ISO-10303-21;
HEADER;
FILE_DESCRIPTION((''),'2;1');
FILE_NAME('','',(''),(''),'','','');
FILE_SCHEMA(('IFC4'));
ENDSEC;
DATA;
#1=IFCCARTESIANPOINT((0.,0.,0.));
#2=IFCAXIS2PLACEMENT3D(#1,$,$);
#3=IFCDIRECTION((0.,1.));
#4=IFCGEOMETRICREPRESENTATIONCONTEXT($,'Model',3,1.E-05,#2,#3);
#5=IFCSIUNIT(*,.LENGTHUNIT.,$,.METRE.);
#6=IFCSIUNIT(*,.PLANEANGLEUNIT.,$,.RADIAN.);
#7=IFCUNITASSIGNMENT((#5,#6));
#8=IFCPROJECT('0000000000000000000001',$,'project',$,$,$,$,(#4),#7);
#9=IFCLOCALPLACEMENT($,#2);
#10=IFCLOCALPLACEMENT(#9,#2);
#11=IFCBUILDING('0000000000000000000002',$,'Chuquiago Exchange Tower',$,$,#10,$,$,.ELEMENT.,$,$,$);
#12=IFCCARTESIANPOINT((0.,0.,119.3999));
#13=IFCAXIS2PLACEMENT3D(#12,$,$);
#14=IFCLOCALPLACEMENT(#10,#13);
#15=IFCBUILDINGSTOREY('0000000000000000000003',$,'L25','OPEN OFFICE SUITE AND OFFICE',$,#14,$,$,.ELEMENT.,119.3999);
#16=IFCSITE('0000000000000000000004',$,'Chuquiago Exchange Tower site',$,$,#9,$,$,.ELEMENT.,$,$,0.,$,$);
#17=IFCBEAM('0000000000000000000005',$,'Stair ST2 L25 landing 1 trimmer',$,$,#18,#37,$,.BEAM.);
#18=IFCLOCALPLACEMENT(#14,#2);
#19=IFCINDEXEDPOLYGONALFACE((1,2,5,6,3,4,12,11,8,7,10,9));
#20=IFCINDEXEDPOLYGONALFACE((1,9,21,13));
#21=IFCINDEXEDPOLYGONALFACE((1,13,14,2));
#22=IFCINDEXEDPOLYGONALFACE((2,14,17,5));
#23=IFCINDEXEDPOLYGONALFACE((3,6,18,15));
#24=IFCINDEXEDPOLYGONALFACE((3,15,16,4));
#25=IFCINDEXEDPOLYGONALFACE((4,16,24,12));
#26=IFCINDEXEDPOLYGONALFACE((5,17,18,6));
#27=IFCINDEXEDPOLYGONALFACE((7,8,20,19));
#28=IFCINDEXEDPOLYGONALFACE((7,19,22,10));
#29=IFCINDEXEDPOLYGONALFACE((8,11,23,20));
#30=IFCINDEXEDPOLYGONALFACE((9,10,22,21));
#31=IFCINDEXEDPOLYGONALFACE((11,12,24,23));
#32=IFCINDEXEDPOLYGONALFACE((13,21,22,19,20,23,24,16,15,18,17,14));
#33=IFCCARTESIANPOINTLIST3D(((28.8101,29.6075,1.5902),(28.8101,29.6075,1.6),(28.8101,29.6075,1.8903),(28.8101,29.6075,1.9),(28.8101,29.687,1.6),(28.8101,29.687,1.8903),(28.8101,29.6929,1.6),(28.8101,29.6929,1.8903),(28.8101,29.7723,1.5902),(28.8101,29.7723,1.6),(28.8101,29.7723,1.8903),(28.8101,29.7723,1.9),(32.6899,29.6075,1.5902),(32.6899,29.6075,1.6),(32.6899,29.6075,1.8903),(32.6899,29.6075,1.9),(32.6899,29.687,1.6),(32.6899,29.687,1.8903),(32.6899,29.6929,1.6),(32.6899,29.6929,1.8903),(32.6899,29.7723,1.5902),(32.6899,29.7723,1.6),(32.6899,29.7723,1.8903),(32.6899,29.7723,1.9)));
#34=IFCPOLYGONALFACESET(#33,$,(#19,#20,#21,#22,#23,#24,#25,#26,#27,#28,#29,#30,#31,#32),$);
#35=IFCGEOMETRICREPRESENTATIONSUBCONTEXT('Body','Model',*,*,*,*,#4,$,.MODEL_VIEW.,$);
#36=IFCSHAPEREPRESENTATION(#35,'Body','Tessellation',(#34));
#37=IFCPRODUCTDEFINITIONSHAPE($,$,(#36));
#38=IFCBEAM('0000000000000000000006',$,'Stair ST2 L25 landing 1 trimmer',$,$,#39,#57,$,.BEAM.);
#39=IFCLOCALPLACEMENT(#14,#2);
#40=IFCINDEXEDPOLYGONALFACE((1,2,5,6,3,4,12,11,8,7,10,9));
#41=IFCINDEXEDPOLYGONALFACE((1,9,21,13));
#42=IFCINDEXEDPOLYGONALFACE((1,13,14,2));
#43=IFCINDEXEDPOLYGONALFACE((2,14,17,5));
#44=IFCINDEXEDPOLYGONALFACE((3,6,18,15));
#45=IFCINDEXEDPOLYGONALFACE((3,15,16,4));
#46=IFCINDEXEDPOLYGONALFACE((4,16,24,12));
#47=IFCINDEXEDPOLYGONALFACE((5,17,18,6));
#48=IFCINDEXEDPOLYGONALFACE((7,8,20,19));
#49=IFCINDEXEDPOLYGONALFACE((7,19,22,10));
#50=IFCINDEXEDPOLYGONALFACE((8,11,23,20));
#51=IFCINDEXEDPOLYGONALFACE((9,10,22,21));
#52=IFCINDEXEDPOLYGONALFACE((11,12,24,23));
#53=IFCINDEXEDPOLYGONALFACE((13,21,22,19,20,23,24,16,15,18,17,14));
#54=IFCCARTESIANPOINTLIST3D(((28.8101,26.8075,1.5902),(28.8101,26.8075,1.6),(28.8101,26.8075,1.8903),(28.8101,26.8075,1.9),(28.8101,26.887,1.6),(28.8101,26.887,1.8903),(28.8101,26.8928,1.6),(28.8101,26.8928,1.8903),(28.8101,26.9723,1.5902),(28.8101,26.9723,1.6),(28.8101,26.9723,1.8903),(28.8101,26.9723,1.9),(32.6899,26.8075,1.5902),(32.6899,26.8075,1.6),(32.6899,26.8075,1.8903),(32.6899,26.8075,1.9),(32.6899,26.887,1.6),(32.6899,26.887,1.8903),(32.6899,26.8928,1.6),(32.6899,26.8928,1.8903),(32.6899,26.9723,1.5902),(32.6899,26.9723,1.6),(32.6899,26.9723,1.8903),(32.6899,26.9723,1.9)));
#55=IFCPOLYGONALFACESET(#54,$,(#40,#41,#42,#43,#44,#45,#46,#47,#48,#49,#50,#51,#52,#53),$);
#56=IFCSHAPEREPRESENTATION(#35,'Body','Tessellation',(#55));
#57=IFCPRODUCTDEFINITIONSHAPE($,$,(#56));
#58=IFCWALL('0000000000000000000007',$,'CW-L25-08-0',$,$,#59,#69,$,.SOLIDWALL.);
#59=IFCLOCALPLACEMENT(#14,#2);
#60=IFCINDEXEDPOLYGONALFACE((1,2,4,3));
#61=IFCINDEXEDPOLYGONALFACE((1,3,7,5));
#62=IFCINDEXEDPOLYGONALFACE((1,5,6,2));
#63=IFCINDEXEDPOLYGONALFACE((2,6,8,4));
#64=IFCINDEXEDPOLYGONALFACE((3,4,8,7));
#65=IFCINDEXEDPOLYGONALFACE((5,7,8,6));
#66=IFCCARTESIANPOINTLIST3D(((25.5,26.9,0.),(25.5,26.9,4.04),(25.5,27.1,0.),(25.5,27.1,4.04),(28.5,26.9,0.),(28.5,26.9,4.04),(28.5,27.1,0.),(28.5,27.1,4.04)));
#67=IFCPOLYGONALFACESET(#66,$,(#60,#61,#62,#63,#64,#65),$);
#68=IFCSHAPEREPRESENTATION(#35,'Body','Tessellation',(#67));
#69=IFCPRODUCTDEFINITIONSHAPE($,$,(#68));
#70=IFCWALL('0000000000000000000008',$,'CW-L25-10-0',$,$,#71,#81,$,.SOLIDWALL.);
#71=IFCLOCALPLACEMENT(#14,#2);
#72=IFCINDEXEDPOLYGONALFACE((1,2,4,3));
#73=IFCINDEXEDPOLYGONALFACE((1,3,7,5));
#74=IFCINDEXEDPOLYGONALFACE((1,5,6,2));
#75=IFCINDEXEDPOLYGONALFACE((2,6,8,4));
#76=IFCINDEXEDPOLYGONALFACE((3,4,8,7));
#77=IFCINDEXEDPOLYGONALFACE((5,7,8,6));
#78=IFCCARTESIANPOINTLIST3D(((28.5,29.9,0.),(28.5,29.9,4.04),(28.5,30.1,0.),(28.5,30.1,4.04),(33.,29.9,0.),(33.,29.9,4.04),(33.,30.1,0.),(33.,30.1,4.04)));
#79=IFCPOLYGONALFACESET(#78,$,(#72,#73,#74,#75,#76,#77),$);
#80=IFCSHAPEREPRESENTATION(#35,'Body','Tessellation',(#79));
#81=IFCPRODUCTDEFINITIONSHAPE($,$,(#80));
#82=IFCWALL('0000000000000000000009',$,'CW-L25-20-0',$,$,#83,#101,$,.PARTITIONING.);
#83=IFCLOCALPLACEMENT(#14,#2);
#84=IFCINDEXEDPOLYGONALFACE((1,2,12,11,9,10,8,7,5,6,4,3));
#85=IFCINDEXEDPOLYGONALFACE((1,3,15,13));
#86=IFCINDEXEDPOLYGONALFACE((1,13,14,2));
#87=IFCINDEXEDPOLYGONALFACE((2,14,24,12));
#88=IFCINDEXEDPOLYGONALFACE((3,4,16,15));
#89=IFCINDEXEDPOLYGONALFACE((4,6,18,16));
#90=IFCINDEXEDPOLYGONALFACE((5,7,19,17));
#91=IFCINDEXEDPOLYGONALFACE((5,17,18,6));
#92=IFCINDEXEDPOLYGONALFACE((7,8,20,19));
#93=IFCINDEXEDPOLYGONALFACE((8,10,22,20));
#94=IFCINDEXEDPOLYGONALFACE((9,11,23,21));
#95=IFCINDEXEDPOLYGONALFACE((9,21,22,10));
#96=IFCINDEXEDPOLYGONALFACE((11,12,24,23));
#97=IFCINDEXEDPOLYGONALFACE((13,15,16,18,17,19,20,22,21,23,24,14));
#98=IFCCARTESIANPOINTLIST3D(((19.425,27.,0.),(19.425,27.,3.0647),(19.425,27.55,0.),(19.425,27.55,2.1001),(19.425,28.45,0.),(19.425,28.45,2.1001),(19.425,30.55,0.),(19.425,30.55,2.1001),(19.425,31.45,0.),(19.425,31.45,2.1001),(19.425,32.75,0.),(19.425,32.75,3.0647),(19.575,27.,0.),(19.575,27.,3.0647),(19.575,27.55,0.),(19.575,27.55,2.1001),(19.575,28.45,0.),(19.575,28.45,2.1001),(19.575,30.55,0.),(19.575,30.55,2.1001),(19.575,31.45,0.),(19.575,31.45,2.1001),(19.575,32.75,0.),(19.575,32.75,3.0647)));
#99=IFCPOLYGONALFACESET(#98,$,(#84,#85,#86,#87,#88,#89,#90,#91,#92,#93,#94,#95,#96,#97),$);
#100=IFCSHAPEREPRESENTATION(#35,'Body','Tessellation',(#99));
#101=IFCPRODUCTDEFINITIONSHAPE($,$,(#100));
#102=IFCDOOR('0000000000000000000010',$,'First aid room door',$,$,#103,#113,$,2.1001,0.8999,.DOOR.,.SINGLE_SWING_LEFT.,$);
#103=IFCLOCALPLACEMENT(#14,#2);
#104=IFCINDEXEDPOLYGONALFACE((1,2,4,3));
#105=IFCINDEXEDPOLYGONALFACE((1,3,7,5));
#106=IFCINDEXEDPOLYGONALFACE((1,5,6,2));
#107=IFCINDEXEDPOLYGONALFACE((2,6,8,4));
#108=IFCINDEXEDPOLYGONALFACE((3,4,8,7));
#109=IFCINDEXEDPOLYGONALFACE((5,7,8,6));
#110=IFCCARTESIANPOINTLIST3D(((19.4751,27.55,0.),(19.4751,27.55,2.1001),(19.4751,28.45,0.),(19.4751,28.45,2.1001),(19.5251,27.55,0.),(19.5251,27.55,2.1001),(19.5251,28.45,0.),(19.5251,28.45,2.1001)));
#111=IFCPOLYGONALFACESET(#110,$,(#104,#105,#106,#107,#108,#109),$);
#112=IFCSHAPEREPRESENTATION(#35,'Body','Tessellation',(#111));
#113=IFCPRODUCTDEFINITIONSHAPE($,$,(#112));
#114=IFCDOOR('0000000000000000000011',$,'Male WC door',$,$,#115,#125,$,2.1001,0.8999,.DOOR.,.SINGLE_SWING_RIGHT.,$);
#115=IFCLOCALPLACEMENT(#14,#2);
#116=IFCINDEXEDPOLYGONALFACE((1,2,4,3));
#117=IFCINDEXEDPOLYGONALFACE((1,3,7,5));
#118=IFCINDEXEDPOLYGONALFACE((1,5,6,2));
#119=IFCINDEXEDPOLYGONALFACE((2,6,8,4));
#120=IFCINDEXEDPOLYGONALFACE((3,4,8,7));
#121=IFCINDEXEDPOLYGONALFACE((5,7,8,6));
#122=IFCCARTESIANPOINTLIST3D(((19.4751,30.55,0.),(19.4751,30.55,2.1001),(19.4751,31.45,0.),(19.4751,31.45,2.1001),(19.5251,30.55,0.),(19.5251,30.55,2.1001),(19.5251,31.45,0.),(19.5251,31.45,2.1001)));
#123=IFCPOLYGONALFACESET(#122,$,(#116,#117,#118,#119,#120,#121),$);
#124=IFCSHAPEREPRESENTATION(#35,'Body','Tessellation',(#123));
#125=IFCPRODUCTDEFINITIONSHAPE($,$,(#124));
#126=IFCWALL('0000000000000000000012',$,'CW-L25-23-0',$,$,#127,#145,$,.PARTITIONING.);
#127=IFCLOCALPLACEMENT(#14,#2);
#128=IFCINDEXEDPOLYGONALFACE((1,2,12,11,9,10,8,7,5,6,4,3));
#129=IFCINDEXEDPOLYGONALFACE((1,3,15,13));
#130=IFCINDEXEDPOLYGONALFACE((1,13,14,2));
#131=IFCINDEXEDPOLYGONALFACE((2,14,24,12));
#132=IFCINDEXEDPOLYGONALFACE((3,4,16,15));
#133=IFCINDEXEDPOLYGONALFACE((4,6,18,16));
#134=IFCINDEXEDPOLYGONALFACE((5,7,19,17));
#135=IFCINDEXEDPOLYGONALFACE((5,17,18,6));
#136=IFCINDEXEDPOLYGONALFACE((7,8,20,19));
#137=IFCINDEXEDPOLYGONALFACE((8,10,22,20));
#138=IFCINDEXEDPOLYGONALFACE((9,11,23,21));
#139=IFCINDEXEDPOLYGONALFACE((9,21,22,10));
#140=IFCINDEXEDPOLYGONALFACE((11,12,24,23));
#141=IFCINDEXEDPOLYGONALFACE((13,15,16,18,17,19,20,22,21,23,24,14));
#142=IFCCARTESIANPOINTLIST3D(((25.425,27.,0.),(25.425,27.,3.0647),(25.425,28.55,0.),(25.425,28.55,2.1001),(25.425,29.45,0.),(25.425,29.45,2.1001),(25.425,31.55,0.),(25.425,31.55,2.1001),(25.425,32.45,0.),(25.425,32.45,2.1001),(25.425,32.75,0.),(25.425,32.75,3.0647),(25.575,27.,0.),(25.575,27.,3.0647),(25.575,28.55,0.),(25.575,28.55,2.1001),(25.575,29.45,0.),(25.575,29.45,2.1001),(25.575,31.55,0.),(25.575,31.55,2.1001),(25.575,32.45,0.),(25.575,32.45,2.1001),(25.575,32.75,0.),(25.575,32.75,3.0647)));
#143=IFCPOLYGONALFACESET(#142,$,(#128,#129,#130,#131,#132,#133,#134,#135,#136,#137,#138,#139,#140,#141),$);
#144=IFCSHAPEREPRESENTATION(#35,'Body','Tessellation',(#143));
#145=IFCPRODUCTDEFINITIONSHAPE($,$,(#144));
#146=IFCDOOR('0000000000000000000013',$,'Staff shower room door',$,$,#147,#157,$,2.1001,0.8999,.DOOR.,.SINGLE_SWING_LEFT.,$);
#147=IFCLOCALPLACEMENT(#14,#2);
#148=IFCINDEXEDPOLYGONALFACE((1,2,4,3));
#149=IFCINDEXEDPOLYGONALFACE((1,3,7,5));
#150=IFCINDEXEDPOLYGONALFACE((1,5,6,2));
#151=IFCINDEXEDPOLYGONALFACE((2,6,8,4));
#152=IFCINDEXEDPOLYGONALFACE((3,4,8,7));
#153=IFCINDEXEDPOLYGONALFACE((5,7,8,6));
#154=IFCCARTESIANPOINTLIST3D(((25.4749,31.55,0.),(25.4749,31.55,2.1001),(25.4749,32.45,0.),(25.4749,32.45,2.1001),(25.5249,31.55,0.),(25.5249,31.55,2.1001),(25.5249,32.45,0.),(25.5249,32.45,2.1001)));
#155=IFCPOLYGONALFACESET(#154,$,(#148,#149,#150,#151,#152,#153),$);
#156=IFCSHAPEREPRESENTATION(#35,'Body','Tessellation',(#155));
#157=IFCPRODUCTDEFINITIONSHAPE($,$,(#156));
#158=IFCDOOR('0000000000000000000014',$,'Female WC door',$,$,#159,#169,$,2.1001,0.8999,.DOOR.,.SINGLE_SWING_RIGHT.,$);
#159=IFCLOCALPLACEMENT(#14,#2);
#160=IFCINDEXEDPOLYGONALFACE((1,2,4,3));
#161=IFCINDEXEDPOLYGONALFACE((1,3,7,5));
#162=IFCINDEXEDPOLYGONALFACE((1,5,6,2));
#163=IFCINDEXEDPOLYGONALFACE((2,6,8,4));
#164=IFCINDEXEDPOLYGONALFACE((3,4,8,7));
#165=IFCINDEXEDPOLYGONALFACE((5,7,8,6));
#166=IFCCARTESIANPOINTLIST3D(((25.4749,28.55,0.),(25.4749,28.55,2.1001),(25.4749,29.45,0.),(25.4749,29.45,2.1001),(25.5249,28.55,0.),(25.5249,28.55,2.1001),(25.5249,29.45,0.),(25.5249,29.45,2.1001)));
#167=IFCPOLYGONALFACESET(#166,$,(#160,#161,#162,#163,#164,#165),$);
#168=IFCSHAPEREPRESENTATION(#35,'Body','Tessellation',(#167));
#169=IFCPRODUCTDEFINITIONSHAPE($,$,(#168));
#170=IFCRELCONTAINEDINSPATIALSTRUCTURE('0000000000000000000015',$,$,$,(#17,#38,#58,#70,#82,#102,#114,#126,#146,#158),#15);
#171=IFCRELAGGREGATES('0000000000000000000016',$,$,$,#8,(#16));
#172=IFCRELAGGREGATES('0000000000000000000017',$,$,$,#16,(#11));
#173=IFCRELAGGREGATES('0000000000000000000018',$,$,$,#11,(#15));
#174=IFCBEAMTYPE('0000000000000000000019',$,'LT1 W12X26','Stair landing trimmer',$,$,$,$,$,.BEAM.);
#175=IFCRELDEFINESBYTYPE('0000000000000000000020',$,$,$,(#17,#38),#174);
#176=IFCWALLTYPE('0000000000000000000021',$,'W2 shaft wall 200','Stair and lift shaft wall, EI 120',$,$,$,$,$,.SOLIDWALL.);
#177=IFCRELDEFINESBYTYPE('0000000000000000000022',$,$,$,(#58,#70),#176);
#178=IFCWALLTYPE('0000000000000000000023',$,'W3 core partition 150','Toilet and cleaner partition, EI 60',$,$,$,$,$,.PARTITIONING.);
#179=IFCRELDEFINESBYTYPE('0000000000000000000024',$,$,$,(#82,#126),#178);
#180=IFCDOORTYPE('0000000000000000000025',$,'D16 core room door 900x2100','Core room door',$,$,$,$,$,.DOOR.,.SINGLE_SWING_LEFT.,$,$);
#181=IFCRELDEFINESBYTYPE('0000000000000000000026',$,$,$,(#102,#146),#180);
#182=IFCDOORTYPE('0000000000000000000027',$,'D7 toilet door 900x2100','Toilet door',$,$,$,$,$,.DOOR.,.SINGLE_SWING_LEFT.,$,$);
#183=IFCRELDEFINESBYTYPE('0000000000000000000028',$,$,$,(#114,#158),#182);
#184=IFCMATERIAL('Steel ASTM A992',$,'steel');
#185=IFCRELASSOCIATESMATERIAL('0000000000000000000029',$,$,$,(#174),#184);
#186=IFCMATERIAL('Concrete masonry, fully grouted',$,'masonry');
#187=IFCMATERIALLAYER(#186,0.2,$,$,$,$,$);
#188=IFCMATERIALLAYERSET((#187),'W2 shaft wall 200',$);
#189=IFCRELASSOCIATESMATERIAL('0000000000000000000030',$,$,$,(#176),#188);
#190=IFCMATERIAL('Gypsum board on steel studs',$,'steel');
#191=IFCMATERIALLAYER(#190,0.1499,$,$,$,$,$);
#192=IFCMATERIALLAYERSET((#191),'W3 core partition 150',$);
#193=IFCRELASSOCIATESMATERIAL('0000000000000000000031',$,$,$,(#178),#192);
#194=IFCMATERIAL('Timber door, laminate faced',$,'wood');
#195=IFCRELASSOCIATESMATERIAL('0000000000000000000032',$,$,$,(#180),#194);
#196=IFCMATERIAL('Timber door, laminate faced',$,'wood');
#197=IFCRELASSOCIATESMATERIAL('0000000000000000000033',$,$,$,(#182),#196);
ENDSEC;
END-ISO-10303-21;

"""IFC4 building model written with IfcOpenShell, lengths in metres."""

from ifc_helpers import new_model, si_unit, direction, frame, frame_2d, origin, origin_2d, place, context, subcontext, project, spatial, rectangle, i_section, extrude, material, layer, layer_set, material_profile, profile_set, type_object, element, fill, save


model = new_model("IFC4")

# Units and contexts
model_context = context("Model", 3, precision=1e-05, world=origin(), true_north=direction((0.0, 1.0)))
body_context = subcontext(model_context, "Body", "Model", "MODEL_VIEW")
ifc_project = project(units=[si_unit("LENGTHUNIT", "METRE"), si_unit("PLANEANGLEUNIT", "RADIAN")], contexts=[model_context])

# Site, building, storey
site_placement = place(None, origin())
site = spatial("IfcSite", under=ifc_project, at=site_placement, Name="Chuquiago Exchange Tower site", CompositionType="ELEMENT", RefElevation=0.0)
building_placement = place(site_placement, origin())
building = spatial("IfcBuilding", under=site, at=building_placement, Name="Chuquiago Exchange Tower", CompositionType="ELEMENT")
storey_placement = place(building_placement, frame((0.0, 0.0, 119.3999)))
storey = spatial("IfcBuildingStorey", under=building, at=storey_placement, Name="L25", Description="OPEN OFFICE SUITE AND OFFICE", CompositionType="ELEMENT", Elevation=119.3999)

# Beams
ifc_material_1 = material(Name="Steel ASTM A992", Category="steel")
ifc_material_profile_1 = material_profile(ifc_material_1, i_section(OverallWidth=0.1648, OverallDepth=0.3098, WebThickness=0.0059, FlangeThickness=0.0098, at=origin_2d()), Name="W12X26")
ifc_profile_set_1 = profile_set([ifc_material_profile_1], Name="Steel ASTM A992")
beam_type_1 = type_object("IfcBeamType", Name="LT1 W12X26", Description="Stair landing trimmer", PredefinedType="BEAM", material=ifc_profile_set_1)
for number, where, z_axis, x_axis, name in (
    (1, (28.8101, 29.6899, 1.7451), (1.0, 0.0, 0.0), (0.0, 1.0, 0.0), "Stair ST2 L25 landing 1 trimmer"),
    (2, (28.8101, 26.8899, 1.7451), (1.0, 0.0, 0.0), (0.0, 1.0, 0.0), "Stair ST2 L25 landing 1 trimmer"),
):
    element("IfcBeam", number, at=place(storey_placement, frame(where, z_axis=z_axis, x_axis=x_axis)), inside=storey, type_object=beam_type_1, Name=name, PredefinedType="BEAM", context=body_context, shape_type="SweptSolid", body=[
        extrude(i_section(OverallWidth=0.1648, OverallDepth=0.3098, WebThickness=0.0059, FlangeThickness=0.0098, at=origin_2d()), origin(), (0.0, 0.0, 1.0), 3.8799),
    ])

# Walls
ifc_material_2 = material(Name="Concrete masonry, fully grouted", Category="masonry")
ifc_layer_1 = layer(ifc_material_2, 0.2)
ifc_layer_set_1 = layer_set([ifc_layer_1], Name="W2 shaft wall 200")
wall_type_1 = type_object("IfcWallType", Name="W2 shaft wall 200", Description="Stair and lift shaft wall, EI 120", PredefinedType="SOLIDWALL", material=ifc_layer_set_1)
wall_1_placement = place(storey_placement, frame((25.5, 27.0, 0.0), z_axis=(0.0, 0.0, 1.0), x_axis=(1.0, 0.0, 0.0)))
element("IfcWall", 3, at=wall_1_placement, inside=storey, type_object=wall_type_1, Name="CW-L25-08-0", PredefinedType="SOLIDWALL", context=body_context, shape_type="SweptSolid", body=[
    extrude(rectangle(XDim=3.0, YDim=0.2, at=frame_2d((1.5, 0.0))), origin(), (0.0, 0.0, 1.0), 4.04),
])
wall_2_placement = place(storey_placement, frame((28.5, 30.0, 0.0), z_axis=(0.0, 0.0, 1.0), x_axis=(1.0, 0.0, 0.0)))
element("IfcWall", 4, at=wall_2_placement, inside=storey, type_object=wall_type_1, Name="CW-L25-10-0", PredefinedType="SOLIDWALL", context=body_context, shape_type="SweptSolid", body=[
    extrude(rectangle(XDim=4.5, YDim=0.2, at=frame_2d((2.25, 0.0))), origin(), (0.0, 0.0, 1.0), 4.04),
])

# Walls, openings, doors
ifc_material_3 = material(Name="Gypsum board on steel studs", Category="steel")
ifc_layer_2 = layer(ifc_material_3, 0.1499)
ifc_layer_set_2 = layer_set([ifc_layer_2], Name="W3 core partition 150")
wall_type_2 = type_object("IfcWallType", Name="W3 core partition 150", Description="Toilet and cleaner partition, EI 60", PredefinedType="PARTITIONING", material=ifc_layer_set_2)
wall_3_placement = place(storey_placement, frame((19.5, 27.0, 0.0), z_axis=(0.0, 0.0, 1.0), x_axis=(0.0, 1.0, 0.0)))
wall_3 = element("IfcWall", 5, at=wall_3_placement, inside=storey, type_object=wall_type_2, Name="CW-L25-20-0", PredefinedType="PARTITIONING", context=body_context, shape_type="SweptSolid", body=[
    extrude(rectangle(XDim=5.75, YDim=0.1499, at=frame_2d((2.875, 0.0))), origin(), (0.0, 0.0, 1.0), 3.0647),
])
opening_1_placement = place(wall_3_placement, frame((0.55, 0.0, 0.0)))
opening_1 = element("IfcOpeningElement", 6, at=opening_1_placement, cuts=wall_3, PredefinedType="OPENING", context=body_context, shape_type="SweptSolid", body=[
    extrude(rectangle(XDim=0.8999, YDim=2.1001, at=frame_2d((0.45, 1.05))), frame((0.0, 0.085, 0.0), z_axis=(0.0, -1.0, 0.0), x_axis=(1.0, 0.0, 0.0)), (0.0, 0.0, 1.0), 0.1699),
])
opening_2_placement = place(wall_3_placement, frame((3.55, 0.0, 0.0)))
opening_2 = element("IfcOpeningElement", 7, at=opening_2_placement, cuts=wall_3, PredefinedType="OPENING", context=body_context, shape_type="SweptSolid", body=[
    extrude(rectangle(XDim=0.8999, YDim=2.1001, at=frame_2d((0.45, 1.05))), frame((0.0, 0.085, 0.0), z_axis=(0.0, -1.0, 0.0), x_axis=(1.0, 0.0, 0.0)), (0.0, 0.0, 1.0), 0.1699),
])
ifc_material_4 = material(Name="Timber door, laminate faced", Category="wood")
door_type_1 = type_object("IfcDoorType", Name="D16 core room door 900x2100", Description="Core room door", OperationType="SINGLE_SWING_LEFT", PredefinedType="DOOR", material=ifc_material_4)
door_1_placement = place(opening_1_placement, origin())
door_1 = element("IfcDoor", 8, at=door_1_placement, inside=storey, type_object=door_type_1, Name="First aid room door", OperationType="SINGLE_SWING_LEFT", OverallHeight=2.1001, OverallWidth=0.8999, PredefinedType="DOOR", context=body_context, shape_type="SweptSolid", body=[
    extrude(rectangle(XDim=0.8999, YDim=2.1001, at=frame_2d((0.45, 1.05))), frame((0.0, 0.0249, 0.0), z_axis=(0.0, -1.0, 0.0), x_axis=(1.0, 0.0, 0.0)), (0.0, 0.0, 1.0), 0.05),
])
fill(opening_1, door_1)
ifc_material_5 = material(Name="Timber door, laminate faced", Category="wood")
door_type_2 = type_object("IfcDoorType", Name="D7 toilet door 900x2100", Description="Toilet door", OperationType="SINGLE_SWING_LEFT", PredefinedType="DOOR", material=ifc_material_5)
door_2_placement = place(opening_2_placement, origin())
door_2 = element("IfcDoor", 9, at=door_2_placement, inside=storey, type_object=door_type_2, Name="Male WC door", OperationType="SINGLE_SWING_RIGHT", OverallHeight=2.1001, OverallWidth=0.8999, PredefinedType="DOOR", context=body_context, shape_type="SweptSolid", body=[
    extrude(rectangle(XDim=0.8999, YDim=2.1001, at=frame_2d((0.45, 1.05))), frame((0.0, 0.0249, 0.0), z_axis=(0.0, -1.0, 0.0), x_axis=(1.0, 0.0, 0.0)), (0.0, 0.0, 1.0), 0.05),
])
fill(opening_2, door_2)
wall_4_placement = place(storey_placement, frame((25.5, 27.0, 0.0), z_axis=(0.0, 0.0, 1.0), x_axis=(0.0, 1.0, 0.0)))
wall_4 = element("IfcWall", 10, at=wall_4_placement, inside=storey, type_object=wall_type_2, Name="CW-L25-23-0", PredefinedType="PARTITIONING", context=body_context, shape_type="SweptSolid", body=[
    extrude(rectangle(XDim=5.75, YDim=0.1499, at=frame_2d((2.875, 0.0))), origin(), (0.0, 0.0, 1.0), 3.0647),
])
opening_3_placement = place(wall_4_placement, frame((1.55, 0.0, 0.0)))
opening_3 = element("IfcOpeningElement", 11, at=opening_3_placement, cuts=wall_4, PredefinedType="OPENING", context=body_context, shape_type="SweptSolid", body=[
    extrude(rectangle(XDim=0.8999, YDim=2.1001, at=frame_2d((0.45, 1.05))), frame((0.0, 0.085, 0.0), z_axis=(0.0, -1.0, 0.0), x_axis=(1.0, 0.0, 0.0)), (0.0, 0.0, 1.0), 0.1699),
])
opening_4_placement = place(wall_4_placement, frame((4.55, 0.0, 0.0)))
opening_4 = element("IfcOpeningElement", 12, at=opening_4_placement, cuts=wall_4, PredefinedType="OPENING", context=body_context, shape_type="SweptSolid", body=[
    extrude(rectangle(XDim=0.8999, YDim=2.1001, at=frame_2d((0.45, 1.05))), frame((0.0, 0.085, 0.0), z_axis=(0.0, -1.0, 0.0), x_axis=(1.0, 0.0, 0.0)), (0.0, 0.0, 1.0), 0.1699),
])
door_3_placement = place(opening_4_placement, frame((0.8999, 0.0, 0.0), z_axis=(0.0, 0.0, 1.0), x_axis=(-1.0, 0.0, 0.0)))
door_3 = element("IfcDoor", 13, at=door_3_placement, inside=storey, type_object=door_type_1, Name="Staff shower room door", OperationType="SINGLE_SWING_LEFT", OverallHeight=2.1001, OverallWidth=0.8999, PredefinedType="DOOR", context=body_context, shape_type="SweptSolid", body=[
    extrude(rectangle(XDim=0.8999, YDim=2.1001, at=frame_2d((0.45, 1.05))), frame((0.0, 0.0249, 0.0), z_axis=(0.0, -1.0, 0.0), x_axis=(1.0, 0.0, 0.0)), (0.0, 0.0, 1.0), 0.05),
])
fill(opening_4, door_3)
door_4_placement = place(opening_3_placement, frame((0.8999, 0.0, 0.0), z_axis=(0.0, 0.0, 1.0), x_axis=(-1.0, 0.0, 0.0)))
door_4 = element("IfcDoor", 14, at=door_4_placement, inside=storey, type_object=door_type_2, Name="Female WC door", OperationType="SINGLE_SWING_RIGHT", OverallHeight=2.1001, OverallWidth=0.8999, PredefinedType="DOOR", context=body_context, shape_type="SweptSolid", body=[
    extrude(rectangle(XDim=0.8999, YDim=2.1001, at=frame_2d((0.45, 1.05))), frame((0.0, 0.0249, 0.0), z_axis=(0.0, -1.0, 0.0), x_axis=(1.0, 0.0, 0.0)), (0.0, 0.0, 1.0), 0.05),
])
fill(opening_3, door_4)

save(model, "model.ifc")
